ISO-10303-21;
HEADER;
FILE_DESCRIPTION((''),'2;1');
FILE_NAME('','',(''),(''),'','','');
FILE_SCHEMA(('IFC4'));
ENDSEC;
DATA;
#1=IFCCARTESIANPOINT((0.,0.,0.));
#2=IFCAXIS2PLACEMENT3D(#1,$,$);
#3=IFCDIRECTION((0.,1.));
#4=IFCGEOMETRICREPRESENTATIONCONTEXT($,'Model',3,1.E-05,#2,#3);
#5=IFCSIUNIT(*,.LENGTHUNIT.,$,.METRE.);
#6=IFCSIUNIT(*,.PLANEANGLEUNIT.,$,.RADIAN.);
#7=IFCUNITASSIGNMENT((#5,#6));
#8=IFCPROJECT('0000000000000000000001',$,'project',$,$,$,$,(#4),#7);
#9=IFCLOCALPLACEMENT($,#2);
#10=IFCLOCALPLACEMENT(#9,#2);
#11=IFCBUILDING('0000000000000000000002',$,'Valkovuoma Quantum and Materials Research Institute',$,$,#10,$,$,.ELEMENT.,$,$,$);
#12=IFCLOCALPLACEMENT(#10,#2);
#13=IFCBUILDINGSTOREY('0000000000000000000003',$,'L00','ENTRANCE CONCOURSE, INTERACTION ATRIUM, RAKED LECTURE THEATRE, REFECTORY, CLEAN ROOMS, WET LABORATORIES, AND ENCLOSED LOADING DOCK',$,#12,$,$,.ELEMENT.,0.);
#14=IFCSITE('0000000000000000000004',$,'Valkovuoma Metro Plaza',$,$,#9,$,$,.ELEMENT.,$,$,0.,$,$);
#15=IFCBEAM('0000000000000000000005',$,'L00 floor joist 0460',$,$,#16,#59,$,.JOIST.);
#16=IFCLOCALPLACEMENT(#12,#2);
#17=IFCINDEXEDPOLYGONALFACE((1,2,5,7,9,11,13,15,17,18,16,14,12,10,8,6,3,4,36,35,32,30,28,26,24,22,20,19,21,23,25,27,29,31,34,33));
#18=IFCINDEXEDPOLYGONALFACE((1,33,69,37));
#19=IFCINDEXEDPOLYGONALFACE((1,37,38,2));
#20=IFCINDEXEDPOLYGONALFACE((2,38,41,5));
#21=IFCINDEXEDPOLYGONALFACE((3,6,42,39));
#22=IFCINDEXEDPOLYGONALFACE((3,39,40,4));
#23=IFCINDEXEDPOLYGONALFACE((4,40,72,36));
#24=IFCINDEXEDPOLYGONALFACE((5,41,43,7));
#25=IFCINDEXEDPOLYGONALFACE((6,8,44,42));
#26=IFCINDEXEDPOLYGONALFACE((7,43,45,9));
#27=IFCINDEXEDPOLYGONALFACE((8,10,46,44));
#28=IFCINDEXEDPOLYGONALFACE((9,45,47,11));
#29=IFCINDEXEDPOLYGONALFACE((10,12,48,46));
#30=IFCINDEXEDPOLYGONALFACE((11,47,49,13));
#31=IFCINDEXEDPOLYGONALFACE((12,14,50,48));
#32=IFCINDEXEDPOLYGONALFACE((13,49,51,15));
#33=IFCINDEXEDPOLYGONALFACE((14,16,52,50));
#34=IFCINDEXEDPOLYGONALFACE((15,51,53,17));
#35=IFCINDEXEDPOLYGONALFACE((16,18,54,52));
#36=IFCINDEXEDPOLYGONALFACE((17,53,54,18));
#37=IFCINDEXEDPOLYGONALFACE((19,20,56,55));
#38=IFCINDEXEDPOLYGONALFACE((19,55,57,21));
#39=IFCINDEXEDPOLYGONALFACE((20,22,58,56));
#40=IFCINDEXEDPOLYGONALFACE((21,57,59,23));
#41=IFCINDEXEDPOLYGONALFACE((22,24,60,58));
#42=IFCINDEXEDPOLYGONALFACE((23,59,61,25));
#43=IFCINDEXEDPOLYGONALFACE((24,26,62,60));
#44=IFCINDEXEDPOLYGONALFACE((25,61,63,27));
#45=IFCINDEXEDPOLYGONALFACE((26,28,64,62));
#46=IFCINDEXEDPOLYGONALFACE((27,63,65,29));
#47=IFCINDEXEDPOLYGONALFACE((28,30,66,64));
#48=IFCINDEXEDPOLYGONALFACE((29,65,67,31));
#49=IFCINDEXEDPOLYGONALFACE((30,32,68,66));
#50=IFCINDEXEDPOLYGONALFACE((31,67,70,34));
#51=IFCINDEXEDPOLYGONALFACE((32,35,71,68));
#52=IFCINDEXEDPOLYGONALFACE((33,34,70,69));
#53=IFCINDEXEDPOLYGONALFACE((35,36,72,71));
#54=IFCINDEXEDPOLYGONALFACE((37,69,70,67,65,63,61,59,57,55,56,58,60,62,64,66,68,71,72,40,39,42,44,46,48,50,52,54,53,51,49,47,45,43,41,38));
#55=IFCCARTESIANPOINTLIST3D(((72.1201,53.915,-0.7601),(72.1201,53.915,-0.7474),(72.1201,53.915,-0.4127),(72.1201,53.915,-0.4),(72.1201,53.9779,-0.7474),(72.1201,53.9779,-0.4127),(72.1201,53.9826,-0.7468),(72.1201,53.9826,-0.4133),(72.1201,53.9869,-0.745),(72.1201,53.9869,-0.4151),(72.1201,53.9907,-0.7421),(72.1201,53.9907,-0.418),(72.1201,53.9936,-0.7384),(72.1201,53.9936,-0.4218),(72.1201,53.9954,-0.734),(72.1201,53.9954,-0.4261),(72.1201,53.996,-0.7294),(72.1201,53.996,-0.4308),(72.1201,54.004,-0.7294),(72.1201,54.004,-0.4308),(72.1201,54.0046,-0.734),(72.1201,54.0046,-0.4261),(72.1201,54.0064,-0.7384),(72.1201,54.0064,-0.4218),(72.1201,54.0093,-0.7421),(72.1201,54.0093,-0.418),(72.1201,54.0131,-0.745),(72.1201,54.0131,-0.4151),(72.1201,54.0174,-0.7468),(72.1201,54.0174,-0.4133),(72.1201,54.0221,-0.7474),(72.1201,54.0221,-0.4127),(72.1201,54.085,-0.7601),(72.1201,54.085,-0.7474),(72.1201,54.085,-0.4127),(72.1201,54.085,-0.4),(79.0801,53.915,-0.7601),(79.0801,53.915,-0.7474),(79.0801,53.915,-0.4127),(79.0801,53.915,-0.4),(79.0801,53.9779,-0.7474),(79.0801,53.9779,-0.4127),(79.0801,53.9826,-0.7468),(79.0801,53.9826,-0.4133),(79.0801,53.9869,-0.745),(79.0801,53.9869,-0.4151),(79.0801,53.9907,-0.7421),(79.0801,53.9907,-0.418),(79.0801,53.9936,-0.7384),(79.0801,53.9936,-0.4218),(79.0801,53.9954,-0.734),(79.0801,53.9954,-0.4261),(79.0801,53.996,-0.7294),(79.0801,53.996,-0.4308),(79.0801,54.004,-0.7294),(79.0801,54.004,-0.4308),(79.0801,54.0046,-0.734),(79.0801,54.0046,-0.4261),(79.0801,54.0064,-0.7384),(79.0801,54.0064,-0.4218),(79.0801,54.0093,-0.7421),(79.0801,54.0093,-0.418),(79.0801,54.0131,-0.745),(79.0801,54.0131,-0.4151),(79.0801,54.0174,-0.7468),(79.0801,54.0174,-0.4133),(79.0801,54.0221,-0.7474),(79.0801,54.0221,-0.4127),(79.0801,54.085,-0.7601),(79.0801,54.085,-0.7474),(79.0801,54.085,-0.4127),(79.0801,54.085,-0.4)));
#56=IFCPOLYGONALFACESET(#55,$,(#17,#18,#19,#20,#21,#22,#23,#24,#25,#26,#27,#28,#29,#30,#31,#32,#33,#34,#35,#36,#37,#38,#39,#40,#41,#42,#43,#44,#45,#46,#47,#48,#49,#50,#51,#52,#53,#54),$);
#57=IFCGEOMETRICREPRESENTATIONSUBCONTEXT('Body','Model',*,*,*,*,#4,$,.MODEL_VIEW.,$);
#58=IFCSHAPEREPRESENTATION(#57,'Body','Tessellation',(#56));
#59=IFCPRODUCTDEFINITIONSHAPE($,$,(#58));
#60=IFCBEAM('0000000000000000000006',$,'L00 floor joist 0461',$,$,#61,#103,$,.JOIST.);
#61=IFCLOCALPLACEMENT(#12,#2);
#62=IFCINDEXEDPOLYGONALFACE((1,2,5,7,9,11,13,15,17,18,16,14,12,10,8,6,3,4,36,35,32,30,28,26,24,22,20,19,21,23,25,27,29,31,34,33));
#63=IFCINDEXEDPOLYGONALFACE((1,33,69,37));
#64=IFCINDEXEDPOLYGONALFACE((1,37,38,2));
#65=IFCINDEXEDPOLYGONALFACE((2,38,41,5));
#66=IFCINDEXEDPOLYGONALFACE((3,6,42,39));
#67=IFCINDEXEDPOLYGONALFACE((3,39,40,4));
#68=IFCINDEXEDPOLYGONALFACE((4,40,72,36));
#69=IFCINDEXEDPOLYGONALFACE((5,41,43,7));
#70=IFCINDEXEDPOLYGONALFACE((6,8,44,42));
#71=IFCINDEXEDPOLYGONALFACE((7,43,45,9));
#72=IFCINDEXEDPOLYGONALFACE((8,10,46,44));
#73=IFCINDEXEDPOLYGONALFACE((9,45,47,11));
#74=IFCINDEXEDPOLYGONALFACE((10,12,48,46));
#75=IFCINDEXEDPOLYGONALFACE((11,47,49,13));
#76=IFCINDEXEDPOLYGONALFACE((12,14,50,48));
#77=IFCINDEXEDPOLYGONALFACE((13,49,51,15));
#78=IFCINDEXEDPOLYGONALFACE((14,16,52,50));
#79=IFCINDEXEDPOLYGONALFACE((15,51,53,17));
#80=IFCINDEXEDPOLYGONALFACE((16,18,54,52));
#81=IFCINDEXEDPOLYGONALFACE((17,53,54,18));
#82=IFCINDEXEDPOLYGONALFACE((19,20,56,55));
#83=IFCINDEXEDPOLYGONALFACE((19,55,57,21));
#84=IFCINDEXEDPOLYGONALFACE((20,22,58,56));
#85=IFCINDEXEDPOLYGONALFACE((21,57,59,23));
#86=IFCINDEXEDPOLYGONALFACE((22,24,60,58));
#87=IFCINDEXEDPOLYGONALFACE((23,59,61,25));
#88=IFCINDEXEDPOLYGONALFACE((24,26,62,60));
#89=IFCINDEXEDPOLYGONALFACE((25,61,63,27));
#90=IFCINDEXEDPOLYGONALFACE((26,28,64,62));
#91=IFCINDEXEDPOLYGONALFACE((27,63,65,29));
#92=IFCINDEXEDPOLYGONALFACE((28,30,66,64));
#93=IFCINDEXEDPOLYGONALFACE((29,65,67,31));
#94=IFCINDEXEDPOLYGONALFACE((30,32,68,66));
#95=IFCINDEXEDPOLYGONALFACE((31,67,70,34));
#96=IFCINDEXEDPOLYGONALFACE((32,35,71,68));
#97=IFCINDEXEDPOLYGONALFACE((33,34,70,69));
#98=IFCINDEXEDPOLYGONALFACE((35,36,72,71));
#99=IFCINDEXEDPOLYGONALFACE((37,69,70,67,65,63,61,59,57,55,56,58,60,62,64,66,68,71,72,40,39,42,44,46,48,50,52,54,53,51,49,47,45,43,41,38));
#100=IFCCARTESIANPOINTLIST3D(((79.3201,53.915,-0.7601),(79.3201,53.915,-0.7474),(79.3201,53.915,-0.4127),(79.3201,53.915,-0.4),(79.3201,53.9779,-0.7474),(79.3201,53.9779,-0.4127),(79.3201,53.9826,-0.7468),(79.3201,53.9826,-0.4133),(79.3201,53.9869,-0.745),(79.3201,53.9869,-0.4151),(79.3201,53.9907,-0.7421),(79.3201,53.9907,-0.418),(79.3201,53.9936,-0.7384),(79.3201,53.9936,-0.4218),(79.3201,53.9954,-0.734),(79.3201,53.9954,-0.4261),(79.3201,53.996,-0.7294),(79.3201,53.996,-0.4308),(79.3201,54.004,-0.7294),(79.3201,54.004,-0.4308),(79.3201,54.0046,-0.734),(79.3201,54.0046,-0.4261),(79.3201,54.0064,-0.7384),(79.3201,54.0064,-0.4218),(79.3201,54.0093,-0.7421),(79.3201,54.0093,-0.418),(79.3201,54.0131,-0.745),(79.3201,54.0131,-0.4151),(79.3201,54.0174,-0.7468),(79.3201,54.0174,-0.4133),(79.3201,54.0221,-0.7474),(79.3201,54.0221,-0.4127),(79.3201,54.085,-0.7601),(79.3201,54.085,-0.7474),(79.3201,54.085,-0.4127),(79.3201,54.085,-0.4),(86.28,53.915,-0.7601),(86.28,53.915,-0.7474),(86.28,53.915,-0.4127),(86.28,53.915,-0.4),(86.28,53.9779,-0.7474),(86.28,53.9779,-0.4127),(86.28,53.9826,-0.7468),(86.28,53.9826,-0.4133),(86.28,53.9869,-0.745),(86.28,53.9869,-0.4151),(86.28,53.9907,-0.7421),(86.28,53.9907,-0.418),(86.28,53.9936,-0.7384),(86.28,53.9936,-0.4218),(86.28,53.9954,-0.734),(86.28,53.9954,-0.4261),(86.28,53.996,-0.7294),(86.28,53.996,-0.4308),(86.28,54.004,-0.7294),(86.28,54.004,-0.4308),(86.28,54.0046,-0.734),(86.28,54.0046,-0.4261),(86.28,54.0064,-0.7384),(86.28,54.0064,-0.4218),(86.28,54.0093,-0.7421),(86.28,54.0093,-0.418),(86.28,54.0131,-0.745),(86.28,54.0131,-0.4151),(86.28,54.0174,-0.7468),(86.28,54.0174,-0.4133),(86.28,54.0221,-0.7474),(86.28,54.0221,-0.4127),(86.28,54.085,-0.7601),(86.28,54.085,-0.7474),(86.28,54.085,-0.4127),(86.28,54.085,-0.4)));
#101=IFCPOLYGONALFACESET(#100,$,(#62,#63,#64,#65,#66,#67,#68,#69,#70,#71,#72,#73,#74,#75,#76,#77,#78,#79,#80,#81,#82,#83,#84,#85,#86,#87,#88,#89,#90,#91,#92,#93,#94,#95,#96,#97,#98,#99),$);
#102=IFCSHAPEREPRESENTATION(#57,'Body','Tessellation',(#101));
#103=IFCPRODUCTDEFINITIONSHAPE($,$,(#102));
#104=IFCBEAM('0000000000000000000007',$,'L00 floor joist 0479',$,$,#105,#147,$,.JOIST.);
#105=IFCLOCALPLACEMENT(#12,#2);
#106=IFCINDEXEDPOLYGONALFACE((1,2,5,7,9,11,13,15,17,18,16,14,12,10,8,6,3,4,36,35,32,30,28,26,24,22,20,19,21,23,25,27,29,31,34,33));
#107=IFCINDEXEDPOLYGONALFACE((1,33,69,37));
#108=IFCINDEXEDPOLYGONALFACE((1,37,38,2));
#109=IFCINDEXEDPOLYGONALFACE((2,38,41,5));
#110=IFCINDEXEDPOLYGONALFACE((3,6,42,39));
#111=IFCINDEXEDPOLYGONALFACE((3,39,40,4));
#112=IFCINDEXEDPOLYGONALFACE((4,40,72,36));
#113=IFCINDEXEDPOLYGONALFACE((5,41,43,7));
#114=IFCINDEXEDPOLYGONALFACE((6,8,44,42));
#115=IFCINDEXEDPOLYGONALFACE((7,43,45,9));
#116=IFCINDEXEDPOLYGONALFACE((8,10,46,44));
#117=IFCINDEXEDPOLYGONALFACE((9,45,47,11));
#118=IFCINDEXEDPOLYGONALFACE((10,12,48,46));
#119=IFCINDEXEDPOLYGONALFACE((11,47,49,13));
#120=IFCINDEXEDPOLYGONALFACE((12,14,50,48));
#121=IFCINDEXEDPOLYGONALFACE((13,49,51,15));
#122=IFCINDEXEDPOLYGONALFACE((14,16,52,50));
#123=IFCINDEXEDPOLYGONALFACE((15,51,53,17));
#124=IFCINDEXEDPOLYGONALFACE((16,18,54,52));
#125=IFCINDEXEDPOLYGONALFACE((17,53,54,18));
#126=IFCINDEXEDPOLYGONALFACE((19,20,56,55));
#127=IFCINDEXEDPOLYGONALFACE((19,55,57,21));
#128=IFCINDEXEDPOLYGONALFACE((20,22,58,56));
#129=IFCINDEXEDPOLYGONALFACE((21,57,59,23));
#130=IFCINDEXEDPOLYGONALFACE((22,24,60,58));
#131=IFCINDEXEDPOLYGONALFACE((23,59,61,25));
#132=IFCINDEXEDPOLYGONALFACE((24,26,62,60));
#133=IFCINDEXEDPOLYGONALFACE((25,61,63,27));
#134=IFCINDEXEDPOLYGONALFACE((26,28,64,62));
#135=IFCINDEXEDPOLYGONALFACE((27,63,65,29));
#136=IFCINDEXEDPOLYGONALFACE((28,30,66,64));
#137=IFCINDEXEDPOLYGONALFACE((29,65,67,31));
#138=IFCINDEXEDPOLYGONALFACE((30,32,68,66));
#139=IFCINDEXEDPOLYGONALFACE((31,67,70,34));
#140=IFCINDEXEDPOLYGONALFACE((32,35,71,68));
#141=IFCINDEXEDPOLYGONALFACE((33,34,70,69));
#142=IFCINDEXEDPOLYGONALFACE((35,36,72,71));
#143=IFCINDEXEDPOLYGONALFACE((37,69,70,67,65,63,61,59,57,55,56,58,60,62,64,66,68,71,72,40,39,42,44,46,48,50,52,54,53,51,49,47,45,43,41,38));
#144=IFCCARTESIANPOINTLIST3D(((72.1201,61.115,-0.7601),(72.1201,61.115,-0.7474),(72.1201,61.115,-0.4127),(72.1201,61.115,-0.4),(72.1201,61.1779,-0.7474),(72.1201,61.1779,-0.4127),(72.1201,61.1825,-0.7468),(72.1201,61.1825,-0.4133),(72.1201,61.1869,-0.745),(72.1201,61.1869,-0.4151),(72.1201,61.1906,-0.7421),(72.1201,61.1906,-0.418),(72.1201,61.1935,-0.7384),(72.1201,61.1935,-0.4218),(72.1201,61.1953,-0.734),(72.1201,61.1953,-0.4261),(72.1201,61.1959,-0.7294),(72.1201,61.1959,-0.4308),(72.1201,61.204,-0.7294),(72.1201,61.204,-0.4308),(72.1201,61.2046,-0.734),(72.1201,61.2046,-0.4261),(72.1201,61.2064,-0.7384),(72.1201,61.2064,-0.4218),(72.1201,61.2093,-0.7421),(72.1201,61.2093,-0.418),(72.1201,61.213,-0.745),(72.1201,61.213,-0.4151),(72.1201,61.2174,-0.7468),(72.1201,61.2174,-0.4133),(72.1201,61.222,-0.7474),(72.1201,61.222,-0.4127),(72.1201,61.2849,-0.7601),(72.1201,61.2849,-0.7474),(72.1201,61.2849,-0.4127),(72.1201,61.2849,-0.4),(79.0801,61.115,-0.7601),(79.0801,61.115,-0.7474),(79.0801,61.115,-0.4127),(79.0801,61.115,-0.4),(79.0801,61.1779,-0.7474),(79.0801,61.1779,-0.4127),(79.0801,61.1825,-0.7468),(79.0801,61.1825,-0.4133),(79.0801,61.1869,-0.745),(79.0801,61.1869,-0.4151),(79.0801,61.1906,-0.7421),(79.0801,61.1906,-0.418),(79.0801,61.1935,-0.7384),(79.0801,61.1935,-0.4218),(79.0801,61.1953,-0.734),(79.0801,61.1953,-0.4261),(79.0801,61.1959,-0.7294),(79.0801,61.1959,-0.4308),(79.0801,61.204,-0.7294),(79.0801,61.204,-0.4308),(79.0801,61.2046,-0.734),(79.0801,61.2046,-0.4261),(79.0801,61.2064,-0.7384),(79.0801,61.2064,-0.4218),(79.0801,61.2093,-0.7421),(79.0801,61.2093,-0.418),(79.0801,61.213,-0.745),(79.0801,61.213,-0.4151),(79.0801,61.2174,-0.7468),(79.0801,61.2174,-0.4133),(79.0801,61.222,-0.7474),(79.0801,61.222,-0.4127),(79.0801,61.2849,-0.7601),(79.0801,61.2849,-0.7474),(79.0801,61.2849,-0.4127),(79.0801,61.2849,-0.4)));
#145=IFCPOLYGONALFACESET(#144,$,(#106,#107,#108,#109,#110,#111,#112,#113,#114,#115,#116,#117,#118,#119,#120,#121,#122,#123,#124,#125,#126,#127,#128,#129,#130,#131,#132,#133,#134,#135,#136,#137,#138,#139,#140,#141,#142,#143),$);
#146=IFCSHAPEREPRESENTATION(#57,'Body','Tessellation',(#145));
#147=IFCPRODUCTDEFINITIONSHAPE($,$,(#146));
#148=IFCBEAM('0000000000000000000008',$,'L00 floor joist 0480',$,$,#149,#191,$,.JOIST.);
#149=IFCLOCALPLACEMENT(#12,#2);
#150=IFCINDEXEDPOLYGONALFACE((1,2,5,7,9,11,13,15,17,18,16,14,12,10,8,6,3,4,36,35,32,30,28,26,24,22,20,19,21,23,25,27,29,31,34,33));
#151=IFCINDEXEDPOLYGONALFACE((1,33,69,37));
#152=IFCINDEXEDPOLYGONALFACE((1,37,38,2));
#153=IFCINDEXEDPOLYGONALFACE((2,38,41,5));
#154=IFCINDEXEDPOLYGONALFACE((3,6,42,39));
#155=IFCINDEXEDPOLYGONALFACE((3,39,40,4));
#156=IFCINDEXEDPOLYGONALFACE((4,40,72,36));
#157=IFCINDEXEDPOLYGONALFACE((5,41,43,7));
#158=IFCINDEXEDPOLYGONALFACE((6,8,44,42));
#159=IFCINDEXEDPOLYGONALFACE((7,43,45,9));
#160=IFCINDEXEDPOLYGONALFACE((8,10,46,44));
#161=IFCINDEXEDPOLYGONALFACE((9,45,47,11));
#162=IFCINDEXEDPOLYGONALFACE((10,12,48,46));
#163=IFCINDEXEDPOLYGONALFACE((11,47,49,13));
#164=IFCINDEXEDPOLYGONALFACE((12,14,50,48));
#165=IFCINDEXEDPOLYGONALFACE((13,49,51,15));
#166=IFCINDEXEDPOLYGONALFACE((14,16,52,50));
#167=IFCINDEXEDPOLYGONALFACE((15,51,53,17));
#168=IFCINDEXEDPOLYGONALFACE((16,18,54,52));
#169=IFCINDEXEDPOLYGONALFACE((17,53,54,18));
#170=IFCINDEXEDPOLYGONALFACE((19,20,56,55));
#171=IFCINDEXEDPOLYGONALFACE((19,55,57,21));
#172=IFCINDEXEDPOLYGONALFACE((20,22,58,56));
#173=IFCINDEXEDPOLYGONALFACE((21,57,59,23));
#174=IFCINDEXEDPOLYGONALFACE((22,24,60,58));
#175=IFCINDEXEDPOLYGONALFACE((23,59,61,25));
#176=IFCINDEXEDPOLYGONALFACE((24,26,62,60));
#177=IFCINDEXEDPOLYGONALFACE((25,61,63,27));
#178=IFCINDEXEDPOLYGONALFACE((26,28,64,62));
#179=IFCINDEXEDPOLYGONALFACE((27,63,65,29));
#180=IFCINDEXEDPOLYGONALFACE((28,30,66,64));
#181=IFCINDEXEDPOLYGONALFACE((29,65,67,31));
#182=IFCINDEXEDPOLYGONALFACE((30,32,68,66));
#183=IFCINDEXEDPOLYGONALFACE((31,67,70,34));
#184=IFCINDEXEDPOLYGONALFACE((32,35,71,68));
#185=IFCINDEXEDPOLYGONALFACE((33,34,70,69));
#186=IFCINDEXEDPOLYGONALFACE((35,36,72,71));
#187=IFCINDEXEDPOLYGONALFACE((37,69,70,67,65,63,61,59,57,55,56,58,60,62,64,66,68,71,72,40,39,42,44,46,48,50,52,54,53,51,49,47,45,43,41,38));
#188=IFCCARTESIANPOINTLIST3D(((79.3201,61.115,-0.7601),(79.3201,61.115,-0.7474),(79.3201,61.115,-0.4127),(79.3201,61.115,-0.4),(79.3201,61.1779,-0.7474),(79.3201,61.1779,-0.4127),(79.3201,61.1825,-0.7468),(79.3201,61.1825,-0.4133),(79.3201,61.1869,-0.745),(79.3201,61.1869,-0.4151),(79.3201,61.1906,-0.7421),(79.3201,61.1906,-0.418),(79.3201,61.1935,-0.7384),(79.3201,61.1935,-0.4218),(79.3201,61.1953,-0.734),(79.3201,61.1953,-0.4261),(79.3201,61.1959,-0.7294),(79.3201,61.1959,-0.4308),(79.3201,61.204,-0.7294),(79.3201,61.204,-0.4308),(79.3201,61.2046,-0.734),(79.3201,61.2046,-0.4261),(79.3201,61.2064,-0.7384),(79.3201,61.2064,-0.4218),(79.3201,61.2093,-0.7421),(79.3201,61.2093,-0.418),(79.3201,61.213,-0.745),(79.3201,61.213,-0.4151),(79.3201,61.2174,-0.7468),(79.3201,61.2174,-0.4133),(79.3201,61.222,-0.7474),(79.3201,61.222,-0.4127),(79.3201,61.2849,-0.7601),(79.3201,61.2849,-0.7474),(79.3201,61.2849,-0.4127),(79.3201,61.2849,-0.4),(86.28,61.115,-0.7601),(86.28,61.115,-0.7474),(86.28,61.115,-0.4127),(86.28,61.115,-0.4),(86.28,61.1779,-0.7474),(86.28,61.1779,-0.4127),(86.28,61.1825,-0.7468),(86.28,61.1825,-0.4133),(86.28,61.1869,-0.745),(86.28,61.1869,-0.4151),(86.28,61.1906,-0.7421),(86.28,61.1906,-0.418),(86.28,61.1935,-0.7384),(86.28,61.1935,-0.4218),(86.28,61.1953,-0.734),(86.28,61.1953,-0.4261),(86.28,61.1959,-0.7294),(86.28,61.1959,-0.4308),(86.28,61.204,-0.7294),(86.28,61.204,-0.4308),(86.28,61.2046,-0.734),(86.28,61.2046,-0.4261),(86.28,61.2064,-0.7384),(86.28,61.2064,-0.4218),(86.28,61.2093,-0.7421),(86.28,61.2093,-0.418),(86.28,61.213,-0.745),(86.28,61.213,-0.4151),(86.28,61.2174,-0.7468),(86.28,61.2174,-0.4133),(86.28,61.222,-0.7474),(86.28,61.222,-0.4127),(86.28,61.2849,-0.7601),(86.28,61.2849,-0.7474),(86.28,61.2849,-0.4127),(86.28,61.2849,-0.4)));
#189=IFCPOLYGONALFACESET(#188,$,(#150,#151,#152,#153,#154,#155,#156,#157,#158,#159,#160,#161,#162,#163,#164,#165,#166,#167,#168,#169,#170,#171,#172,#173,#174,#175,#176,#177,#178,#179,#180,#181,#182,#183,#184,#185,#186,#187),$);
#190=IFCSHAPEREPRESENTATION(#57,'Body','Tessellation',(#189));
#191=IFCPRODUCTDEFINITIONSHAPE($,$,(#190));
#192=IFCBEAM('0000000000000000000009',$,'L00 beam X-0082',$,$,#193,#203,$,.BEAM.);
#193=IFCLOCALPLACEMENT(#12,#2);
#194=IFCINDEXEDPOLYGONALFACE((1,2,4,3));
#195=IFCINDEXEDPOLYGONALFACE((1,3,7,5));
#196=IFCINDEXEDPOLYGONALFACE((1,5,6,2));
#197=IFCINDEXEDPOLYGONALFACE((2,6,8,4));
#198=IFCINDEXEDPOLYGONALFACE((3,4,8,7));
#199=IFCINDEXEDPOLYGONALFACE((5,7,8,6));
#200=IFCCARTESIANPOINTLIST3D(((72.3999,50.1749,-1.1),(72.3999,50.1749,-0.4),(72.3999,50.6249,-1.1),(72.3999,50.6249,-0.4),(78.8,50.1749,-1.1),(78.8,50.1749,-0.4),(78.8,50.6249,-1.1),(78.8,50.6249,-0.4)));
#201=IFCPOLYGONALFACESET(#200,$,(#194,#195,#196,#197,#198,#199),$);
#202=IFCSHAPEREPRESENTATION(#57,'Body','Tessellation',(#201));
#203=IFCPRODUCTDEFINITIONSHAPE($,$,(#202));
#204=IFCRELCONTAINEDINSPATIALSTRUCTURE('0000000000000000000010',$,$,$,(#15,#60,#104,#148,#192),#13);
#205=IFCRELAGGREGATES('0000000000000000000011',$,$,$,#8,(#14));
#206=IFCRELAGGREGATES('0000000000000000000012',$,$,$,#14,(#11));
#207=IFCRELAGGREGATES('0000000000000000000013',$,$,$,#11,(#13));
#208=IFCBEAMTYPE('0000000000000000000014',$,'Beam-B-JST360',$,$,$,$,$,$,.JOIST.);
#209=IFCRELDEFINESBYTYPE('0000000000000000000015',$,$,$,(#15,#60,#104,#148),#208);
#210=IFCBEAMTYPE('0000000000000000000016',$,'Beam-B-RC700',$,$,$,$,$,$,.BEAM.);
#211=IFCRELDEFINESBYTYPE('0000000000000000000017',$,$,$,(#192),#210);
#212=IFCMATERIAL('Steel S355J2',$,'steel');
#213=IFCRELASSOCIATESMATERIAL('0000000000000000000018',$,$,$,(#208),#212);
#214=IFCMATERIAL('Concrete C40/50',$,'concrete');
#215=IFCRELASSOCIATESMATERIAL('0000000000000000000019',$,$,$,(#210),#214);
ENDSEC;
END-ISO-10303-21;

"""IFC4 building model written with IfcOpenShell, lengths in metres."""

from ifc_helpers import new_model, si_unit, direction, frame, origin, origin_2d, place, context, subcontext, project, spatial, rectangle, i_section, extrude, material, material_profile, profile_set, type_object, element, save


model = new_model("IFC4")

# Units and contexts
model_context = context("Model", 3, precision=1e-05, world=origin(), true_north=direction((0.0, 1.0)))
body_context = subcontext(model_context, "Body", "Model", "MODEL_VIEW")
ifc_project = project(units=[si_unit("LENGTHUNIT", "METRE"), si_unit("PLANEANGLEUNIT", "RADIAN")], contexts=[model_context])

# Site, building, storey
site_placement = place(None, origin())
site = spatial("IfcSite", under=ifc_project, at=site_placement, Name="Valkovuoma Metro Plaza", CompositionType="ELEMENT", RefElevation=0.0)
building_placement = place(site_placement, origin())
building = spatial("IfcBuilding", under=site, at=building_placement, Name="Valkovuoma Quantum and Materials Research Institute", CompositionType="ELEMENT")
storey_placement = place(building_placement, origin())
storey = spatial("IfcBuildingStorey", under=building, at=storey_placement, Name="L00", Description="ENTRANCE CONCOURSE, INTERACTION ATRIUM, RAKED LECTURE THEATRE, REFECTORY, CLEAN ROOMS, WET LABORATORIES, AND ENCLOSED LOADING DOCK", CompositionType="ELEMENT", Elevation=0.0)

# Beams
ifc_material_1 = material(Name="Steel S355J2", Category="steel")
ifc_material_profile_1 = material_profile(ifc_material_1, i_section(OverallWidth=0.1699, OverallDepth=0.3601, WebThickness=0.0081, FlangeThickness=0.0127, FilletRadius=0.0181, at=origin_2d()), Name="Steel S355J2")
ifc_profile_set_1 = profile_set([ifc_material_profile_1], Name="Steel S355J2")
beam_type_1 = type_object("IfcBeamType", Name="Beam-B-JST360", PredefinedType="JOIST", material=ifc_profile_set_1)
for number, where, z_axis, x_axis, name in (
    (1, (72.1201, 54.0, -0.5801), (1.0, 0.0, 0.0), (0.0, 1.0, 0.0), "L00 floor joist 0460"),
    (2, (79.3201, 54.0, -0.5801), (1.0, 0.0, 0.0), (0.0, 1.0, 0.0), "L00 floor joist 0461"),
    (3, (72.1201, 61.2, -0.5801), (1.0, 0.0, 0.0), (0.0, 1.0, 0.0), "L00 floor joist 0479"),
    (4, (79.3201, 61.2, -0.5801), (1.0, 0.0, 0.0), (0.0, 1.0, 0.0), "L00 floor joist 0480"),
):
    element("IfcBeam", number, at=place(storey_placement, frame(where, z_axis=z_axis, x_axis=x_axis)), inside=storey, type_object=beam_type_1, Name=name, PredefinedType="JOIST", context=body_context, shape_type="SweptSolid", body=[
        extrude(i_section(OverallWidth=0.1699, OverallDepth=0.3601, WebThickness=0.0081, FlangeThickness=0.0127, FilletRadius=0.0181, at=origin_2d()), origin(), (0.0, 0.0, 1.0), 6.96),
    ])
ifc_material_2 = material(Name="Concrete C40/50", Category="concrete")
ifc_material_profile_2 = material_profile(ifc_material_2, rectangle(XDim=0.45, YDim=0.7, at=origin_2d()), Name="Concrete C40/50")
ifc_profile_set_2 = profile_set([ifc_material_profile_2], Name="Concrete C40/50")
beam_type_2 = type_object("IfcBeamType", Name="Beam-B-RC700", PredefinedType="BEAM", material=ifc_profile_set_2)
beam_1_placement = place(storey_placement, frame((72.3999, 50.3999, -0.75), z_axis=(1.0, 0.0, 0.0), x_axis=(0.0, 1.0, 0.0)))
element("IfcBeam", 5, at=beam_1_placement, inside=storey, type_object=beam_type_2, Name="L00 beam X-0082", PredefinedType="BEAM", context=body_context, shape_type="SweptSolid", body=[
    extrude(rectangle(XDim=0.45, YDim=0.7, at=origin_2d()), origin(), (0.0, 0.0, 1.0), 6.4001),
])

save(model, "model.ifc")
